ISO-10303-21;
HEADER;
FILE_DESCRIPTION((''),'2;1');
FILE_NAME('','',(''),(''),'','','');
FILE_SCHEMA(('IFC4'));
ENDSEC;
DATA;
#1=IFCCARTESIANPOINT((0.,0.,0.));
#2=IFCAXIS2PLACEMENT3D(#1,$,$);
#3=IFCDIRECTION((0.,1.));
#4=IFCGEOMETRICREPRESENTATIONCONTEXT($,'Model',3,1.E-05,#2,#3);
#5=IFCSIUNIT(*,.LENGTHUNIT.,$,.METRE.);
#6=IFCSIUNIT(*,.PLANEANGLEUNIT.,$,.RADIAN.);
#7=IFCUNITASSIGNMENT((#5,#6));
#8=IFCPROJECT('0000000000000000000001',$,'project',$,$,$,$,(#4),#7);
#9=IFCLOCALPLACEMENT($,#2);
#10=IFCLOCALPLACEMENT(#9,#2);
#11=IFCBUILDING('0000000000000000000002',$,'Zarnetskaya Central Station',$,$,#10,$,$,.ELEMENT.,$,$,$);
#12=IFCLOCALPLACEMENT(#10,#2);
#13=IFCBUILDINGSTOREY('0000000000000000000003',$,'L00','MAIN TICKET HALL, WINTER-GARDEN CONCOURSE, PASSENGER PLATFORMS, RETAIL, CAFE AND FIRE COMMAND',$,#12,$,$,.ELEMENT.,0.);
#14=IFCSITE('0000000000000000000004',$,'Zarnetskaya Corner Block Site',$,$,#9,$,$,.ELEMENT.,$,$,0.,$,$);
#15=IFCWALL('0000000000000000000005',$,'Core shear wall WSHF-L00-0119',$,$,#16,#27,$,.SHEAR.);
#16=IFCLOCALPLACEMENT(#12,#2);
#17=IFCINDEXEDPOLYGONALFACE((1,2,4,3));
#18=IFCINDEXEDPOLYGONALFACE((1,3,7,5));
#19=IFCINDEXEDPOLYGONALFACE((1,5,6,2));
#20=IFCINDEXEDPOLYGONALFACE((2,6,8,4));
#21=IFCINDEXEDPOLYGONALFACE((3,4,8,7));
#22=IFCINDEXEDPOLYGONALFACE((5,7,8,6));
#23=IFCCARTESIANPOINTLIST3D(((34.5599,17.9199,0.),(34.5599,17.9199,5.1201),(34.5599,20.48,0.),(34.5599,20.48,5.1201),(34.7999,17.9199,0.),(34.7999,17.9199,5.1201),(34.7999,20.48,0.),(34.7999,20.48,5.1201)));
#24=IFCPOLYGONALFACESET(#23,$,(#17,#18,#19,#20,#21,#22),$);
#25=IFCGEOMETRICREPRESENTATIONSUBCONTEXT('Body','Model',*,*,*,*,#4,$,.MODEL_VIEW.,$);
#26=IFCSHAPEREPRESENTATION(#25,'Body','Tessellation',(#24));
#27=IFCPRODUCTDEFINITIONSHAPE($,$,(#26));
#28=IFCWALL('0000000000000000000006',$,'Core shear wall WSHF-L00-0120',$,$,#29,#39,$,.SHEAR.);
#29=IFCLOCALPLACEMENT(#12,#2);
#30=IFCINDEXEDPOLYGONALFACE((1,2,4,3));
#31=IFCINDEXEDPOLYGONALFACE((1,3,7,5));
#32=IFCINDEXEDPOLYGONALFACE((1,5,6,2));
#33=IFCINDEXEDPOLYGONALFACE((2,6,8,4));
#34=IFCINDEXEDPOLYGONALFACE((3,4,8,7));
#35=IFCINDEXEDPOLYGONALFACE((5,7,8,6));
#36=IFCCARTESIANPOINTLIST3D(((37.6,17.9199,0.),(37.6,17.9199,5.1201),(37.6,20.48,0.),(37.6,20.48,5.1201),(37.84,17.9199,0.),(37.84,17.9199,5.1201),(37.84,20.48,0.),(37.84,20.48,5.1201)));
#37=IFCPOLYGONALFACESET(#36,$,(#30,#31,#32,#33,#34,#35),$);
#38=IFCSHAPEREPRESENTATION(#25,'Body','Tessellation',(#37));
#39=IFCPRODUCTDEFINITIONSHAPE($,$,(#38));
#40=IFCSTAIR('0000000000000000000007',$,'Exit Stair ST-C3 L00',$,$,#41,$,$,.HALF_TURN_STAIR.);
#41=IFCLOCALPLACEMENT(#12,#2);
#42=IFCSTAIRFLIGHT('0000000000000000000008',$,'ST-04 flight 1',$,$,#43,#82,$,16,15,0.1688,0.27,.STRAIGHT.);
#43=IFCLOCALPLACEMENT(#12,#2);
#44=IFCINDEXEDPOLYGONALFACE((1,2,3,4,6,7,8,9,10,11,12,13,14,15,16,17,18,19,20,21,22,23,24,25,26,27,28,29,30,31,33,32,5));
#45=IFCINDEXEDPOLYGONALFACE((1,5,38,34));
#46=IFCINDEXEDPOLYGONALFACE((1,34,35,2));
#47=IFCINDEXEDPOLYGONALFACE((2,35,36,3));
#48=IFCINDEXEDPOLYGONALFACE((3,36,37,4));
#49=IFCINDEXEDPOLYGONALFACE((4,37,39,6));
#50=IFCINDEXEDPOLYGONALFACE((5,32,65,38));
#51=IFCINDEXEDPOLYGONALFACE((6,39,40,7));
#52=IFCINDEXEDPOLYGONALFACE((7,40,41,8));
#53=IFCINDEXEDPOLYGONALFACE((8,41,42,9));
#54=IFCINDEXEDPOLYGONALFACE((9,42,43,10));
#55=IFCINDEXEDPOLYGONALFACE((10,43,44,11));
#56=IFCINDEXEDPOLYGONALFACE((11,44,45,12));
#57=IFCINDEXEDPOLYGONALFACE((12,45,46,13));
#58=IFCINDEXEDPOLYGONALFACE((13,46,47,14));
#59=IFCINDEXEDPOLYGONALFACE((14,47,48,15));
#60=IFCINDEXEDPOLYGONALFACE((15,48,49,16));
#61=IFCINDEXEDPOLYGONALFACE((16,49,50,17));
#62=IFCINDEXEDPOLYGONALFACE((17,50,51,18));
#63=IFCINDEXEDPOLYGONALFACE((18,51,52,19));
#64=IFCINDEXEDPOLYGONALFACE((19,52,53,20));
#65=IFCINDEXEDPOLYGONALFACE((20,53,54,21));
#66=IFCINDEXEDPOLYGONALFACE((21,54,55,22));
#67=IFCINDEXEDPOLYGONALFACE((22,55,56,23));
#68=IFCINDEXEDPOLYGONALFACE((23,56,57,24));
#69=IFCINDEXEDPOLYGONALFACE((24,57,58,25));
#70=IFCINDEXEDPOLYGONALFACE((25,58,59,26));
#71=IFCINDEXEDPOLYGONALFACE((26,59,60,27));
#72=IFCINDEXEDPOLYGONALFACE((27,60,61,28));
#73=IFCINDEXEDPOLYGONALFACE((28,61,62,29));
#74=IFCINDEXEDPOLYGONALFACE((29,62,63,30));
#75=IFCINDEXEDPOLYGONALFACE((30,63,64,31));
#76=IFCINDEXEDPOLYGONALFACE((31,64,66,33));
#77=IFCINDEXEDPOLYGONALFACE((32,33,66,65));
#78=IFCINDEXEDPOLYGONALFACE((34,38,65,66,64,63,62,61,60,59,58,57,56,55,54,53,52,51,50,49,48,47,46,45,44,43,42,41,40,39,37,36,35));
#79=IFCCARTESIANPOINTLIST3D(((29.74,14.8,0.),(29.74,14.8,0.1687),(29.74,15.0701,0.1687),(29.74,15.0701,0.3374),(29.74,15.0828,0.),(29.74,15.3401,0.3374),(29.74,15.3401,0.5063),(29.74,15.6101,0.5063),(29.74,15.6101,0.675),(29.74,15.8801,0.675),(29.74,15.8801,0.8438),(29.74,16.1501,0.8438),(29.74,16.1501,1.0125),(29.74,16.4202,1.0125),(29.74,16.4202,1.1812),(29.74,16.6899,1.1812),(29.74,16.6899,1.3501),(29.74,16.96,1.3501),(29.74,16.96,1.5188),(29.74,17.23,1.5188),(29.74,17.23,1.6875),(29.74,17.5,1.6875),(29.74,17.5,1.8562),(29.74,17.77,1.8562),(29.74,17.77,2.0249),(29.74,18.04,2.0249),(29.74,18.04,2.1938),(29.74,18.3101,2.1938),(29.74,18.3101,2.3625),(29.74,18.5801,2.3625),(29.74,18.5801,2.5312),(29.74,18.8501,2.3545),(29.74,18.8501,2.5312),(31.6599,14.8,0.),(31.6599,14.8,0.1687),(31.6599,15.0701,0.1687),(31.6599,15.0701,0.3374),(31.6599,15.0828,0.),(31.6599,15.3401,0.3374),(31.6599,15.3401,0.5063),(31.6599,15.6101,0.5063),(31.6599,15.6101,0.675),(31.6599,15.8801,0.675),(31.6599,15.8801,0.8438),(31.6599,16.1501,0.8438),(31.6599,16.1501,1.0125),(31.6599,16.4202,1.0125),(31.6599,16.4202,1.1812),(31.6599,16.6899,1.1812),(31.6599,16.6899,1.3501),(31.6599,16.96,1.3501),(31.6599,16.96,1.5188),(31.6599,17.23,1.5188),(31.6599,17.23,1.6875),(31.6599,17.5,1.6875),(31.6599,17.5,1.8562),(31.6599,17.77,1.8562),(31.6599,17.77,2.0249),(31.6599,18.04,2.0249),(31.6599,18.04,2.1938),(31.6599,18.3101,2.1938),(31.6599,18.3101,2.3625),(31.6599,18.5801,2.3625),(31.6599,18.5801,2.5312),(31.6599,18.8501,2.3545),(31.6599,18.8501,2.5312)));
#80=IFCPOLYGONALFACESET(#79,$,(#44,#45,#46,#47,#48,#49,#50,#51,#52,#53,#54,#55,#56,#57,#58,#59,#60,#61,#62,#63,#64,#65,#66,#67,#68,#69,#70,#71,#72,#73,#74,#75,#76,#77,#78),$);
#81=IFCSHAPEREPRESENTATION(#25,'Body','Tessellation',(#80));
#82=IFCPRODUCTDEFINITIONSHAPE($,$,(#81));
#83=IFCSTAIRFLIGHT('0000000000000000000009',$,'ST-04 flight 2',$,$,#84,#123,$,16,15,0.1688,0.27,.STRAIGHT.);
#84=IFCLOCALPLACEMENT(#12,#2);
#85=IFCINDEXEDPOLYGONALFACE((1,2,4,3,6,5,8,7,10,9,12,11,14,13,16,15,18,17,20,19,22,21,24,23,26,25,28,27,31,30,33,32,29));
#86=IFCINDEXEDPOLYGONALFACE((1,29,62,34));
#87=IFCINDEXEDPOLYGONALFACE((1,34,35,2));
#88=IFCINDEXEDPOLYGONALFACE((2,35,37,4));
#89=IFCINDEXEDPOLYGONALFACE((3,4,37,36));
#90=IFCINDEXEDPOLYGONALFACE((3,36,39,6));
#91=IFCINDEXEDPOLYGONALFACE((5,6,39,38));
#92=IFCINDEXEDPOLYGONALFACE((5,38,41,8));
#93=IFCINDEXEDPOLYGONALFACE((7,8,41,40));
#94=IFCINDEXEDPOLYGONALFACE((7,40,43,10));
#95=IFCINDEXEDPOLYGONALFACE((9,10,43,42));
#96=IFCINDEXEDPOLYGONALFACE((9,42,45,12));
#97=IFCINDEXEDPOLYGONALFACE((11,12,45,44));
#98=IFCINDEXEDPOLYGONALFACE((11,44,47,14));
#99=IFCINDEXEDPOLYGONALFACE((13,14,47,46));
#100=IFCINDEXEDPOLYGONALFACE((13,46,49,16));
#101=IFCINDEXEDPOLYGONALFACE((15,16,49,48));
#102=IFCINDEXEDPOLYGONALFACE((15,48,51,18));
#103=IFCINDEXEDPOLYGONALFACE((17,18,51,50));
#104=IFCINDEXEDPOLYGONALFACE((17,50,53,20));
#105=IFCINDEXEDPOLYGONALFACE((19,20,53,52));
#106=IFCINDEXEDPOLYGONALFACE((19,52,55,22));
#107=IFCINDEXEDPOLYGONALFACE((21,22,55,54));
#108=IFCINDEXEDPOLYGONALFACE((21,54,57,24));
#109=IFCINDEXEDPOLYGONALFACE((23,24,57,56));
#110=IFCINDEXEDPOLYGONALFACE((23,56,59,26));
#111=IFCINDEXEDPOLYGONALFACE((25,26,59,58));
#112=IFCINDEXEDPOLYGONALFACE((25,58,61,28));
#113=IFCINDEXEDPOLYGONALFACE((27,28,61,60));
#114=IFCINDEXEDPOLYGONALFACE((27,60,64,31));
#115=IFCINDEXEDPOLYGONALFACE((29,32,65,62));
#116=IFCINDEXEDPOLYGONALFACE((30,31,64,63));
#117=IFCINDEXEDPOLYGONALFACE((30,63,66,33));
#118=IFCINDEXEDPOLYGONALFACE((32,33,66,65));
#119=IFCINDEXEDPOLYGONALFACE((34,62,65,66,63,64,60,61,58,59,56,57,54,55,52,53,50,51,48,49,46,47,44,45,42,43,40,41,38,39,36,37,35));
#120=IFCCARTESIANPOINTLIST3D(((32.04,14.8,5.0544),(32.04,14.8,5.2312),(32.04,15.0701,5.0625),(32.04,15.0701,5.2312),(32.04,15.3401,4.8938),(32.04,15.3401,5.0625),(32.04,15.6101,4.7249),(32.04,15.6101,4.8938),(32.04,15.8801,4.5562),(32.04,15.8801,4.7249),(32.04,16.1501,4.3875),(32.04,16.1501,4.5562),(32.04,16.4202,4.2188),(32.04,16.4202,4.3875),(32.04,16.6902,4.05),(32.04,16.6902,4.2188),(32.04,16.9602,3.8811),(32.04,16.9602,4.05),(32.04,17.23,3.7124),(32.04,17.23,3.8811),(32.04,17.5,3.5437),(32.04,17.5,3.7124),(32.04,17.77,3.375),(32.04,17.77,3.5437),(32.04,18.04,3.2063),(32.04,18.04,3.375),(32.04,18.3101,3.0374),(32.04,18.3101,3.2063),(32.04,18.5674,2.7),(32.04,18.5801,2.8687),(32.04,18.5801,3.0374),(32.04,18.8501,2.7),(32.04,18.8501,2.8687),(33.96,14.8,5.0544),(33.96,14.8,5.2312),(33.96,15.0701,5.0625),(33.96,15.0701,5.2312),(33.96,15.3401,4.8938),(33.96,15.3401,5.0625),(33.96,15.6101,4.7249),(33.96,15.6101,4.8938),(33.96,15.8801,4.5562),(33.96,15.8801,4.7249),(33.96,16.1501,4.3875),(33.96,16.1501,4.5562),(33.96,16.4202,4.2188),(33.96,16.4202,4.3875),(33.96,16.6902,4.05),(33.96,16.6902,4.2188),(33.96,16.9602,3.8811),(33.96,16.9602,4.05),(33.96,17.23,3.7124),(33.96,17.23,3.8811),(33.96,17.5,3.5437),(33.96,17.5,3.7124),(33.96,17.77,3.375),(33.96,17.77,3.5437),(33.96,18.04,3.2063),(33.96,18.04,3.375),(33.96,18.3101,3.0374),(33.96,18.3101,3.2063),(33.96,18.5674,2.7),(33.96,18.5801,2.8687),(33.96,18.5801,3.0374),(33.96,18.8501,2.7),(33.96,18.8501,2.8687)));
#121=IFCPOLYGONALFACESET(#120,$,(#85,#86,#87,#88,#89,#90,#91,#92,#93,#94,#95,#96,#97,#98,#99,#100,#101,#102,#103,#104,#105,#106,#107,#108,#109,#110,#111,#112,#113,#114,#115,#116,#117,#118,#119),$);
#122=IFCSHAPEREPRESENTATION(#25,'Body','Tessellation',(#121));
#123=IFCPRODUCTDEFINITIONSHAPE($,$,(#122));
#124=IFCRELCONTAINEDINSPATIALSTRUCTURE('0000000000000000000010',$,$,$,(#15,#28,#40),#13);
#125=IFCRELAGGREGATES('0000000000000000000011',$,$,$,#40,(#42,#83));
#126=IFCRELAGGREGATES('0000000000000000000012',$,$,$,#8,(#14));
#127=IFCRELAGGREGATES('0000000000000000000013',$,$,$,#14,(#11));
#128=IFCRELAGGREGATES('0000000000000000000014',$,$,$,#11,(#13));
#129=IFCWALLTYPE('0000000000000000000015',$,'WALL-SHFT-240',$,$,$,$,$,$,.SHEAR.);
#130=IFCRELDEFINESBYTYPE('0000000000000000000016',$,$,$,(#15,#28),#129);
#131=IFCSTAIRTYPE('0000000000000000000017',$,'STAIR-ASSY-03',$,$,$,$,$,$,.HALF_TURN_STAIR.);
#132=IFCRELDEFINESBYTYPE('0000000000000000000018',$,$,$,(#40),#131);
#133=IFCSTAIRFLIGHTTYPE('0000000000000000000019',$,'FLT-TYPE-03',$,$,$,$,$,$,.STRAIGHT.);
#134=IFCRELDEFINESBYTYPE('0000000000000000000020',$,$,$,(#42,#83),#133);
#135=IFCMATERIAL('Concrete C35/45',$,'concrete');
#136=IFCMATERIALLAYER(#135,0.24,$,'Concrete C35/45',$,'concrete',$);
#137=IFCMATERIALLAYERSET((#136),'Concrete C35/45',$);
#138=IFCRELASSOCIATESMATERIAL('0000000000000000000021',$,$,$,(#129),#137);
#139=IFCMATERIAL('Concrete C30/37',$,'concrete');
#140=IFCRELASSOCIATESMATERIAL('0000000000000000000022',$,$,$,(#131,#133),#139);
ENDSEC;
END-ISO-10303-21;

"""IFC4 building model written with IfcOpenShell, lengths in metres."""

from ifc_helpers import new_model, si_unit, direction, frame, frame_2d, origin, place, context, subcontext, project, spatial, polyline, rectangle, outline, extrude, material, layer, layer_set, type_object, element, aggregate, save


model = new_model("IFC4")

# Units and contexts
model_context = context("Model", 3, precision=1e-05, world=origin(), true_north=direction((0.0, 1.0)))
body_context = subcontext(model_context, "Body", "Model", "MODEL_VIEW")
ifc_project = project(units=[si_unit("LENGTHUNIT", "METRE"), si_unit("PLANEANGLEUNIT", "RADIAN")], contexts=[model_context])

# Site, building, storey
site_placement = place(None, origin())
site = spatial("IfcSite", under=ifc_project, at=site_placement, Name="Zarnetskaya Corner Block Site", CompositionType="ELEMENT", RefElevation=0.0)
building_placement = place(site_placement, origin())
building = spatial("IfcBuilding", under=site, at=building_placement, Name="Zarnetskaya Central Station", CompositionType="ELEMENT")
storey_placement = place(building_placement, origin())
storey = spatial("IfcBuildingStorey", under=building, at=storey_placement, Name="L00", Description="MAIN TICKET HALL, WINTER-GARDEN CONCOURSE, PASSENGER PLATFORMS, RETAIL, CAFE AND FIRE COMMAND", CompositionType="ELEMENT", Elevation=0.0)

# Shared definitions
ifc_material_1 = material(Name="Concrete C35/45", Category="concrete")

# Shared definitions
ifc_layer_1 = layer(ifc_material_1, 0.24, Name="Concrete C35/45", Category="concrete")
ifc_layer_set_1 = layer_set([ifc_layer_1], Name="Concrete C35/45")
wall_type_1 = type_object("IfcWallType", Name="WALL-SHFT-240", PredefinedType="SHEAR", material=ifc_layer_set_1)

# Walls
for number, where, z_axis, x_axis, name in (
    (1, (34.6799, 17.9199, 0.0), (0.0, 0.0, 1.0), (0.0, 1.0, 0.0), "Core shear wall WSHF-L00-0119"),
    (2, (37.72, 20.48, 0.0), (0.0, 0.0, 1.0), (0.0, -1.0, 0.0), "Core shear wall WSHF-L00-0120"),
):
    element("IfcWall", number, at=place(storey_placement, frame(where, z_axis=z_axis, x_axis=x_axis)), inside=storey, type_object=wall_type_1, Name=name, PredefinedType="SHEAR", context=body_context, shape_type="SweptSolid", body=[
        extrude(rectangle(XDim=2.5601, YDim=0.24, at=frame_2d((1.28, 0.0))), origin(), (0.0, 0.0, 1.0), 5.1201),
    ])

# Stair, stair flights
ifc_material_2 = material(Name="Concrete C30/37", Category="concrete")
stair_type = type_object("IfcStairType", Name="STAIR-ASSY-03", PredefinedType="HALF_TURN_STAIR", material=ifc_material_2)
stair_placement = place(storey_placement, origin())
stair = element("IfcStair", 3, at=stair_placement, inside=storey, type_object=stair_type, Name="Exit Stair ST-C3 L00", PredefinedType="HALF_TURN_STAIR")
stair_flight_type = type_object("IfcStairFlightType", Name="FLT-TYPE-03", PredefinedType="STRAIGHT", material=ifc_material_2)
stair_flight_1_placement = place(storey_placement, frame((30.7, 14.8, 0.0), z_axis=(0.0, 0.0, 1.0), x_axis=(0.0, 1.0, 0.0)))
stair_flight_1 = element("IfcStairFlight", 4, at=stair_flight_1_placement, type_object=stair_flight_type, Name="ST-04 flight 1", NumberOfRisers=16, NumberOfTreads=15, PredefinedType="STRAIGHT", RiserHeight=0.1688, TreadLength=0.27, context=body_context, shape_type="SweptSolid", body=[
    extrude(outline(polyline([(0.0, 0.0), (0.0, 0.1687), (0.27, 0.1687), (0.27, 0.3374), (0.54, 0.3374), (0.54, 0.5063), (0.8101, 0.5063), (0.8101, 0.675), (1.0801, 0.675), (1.0801, 0.8438), (1.3501, 0.8438), (1.3501, 1.0125), (1.6201, 1.0125), (1.6201, 1.1812), (1.8899, 1.1812), (1.8899, 1.3501), (2.1599, 1.3501), (2.1599, 1.5188), (2.4299, 1.5188), (2.4299, 1.6875), (2.7, 1.6875), (2.7, 1.8562), (2.97, 1.8562), (2.97, 2.0249), (3.24, 2.0249), (3.24, 2.1938), (3.51, 2.1938), (3.51, 2.3625), (3.78, 2.3625), (3.78, 2.5312), (4.05, 2.5312), (4.05, 2.7), (4.05, 2.3545), (0.2827, 0.0), (0.0, 0.0)])), frame((0.0, 0.96, 0.0), z_axis=(0.0, -1.0, 0.0), x_axis=(1.0, 0.0, 0.0)), (0.0, 0.0, 1.0), 1.9199),
])
stair_flight_2_placement = place(storey_placement, frame((33.0, 18.8501, 2.7), z_axis=(0.0, 0.0, 1.0), x_axis=(0.0, -1.0, 0.0)))
stair_flight_2 = element("IfcStairFlight", 5, at=stair_flight_2_placement, type_object=stair_flight_type, Name="ST-04 flight 2", NumberOfRisers=16, NumberOfTreads=15, PredefinedType="STRAIGHT", RiserHeight=0.1688, TreadLength=0.27, context=body_context, shape_type="SweptSolid", body=[
    extrude(outline(polyline([(0.0, 0.0), (0.0, 0.1687), (0.27, 0.1687), (0.27, 0.3374), (0.54, 0.3374), (0.54, 0.5063), (0.8101, 0.5063), (0.8101, 0.675), (1.0801, 0.675), (1.0801, 0.8438), (1.3501, 0.8438), (1.3501, 1.0125), (1.6201, 1.0125), (1.6201, 1.1812), (1.8899, 1.1812), (1.8899, 1.3501), (2.1599, 1.3501), (2.1599, 1.5188), (2.4299, 1.5188), (2.4299, 1.6875), (2.7, 1.6875), (2.7, 1.8562), (2.97, 1.8562), (2.97, 2.0249), (3.24, 2.0249), (3.24, 2.1938), (3.51, 2.1938), (3.51, 2.3625), (3.78, 2.3625), (3.78, 2.5312), (4.05, 2.5312), (4.05, 2.7), (4.05, 2.3545), (0.2827, 0.0), (0.0, 0.0)])), frame((0.0, 0.96, 0.0), z_axis=(0.0, -1.0, 0.0), x_axis=(1.0, 0.0, 0.0)), (0.0, 0.0, 1.0), 1.9199),
])
aggregate(stair, [stair_flight_1, stair_flight_2])

save(model, "model.ifc")
